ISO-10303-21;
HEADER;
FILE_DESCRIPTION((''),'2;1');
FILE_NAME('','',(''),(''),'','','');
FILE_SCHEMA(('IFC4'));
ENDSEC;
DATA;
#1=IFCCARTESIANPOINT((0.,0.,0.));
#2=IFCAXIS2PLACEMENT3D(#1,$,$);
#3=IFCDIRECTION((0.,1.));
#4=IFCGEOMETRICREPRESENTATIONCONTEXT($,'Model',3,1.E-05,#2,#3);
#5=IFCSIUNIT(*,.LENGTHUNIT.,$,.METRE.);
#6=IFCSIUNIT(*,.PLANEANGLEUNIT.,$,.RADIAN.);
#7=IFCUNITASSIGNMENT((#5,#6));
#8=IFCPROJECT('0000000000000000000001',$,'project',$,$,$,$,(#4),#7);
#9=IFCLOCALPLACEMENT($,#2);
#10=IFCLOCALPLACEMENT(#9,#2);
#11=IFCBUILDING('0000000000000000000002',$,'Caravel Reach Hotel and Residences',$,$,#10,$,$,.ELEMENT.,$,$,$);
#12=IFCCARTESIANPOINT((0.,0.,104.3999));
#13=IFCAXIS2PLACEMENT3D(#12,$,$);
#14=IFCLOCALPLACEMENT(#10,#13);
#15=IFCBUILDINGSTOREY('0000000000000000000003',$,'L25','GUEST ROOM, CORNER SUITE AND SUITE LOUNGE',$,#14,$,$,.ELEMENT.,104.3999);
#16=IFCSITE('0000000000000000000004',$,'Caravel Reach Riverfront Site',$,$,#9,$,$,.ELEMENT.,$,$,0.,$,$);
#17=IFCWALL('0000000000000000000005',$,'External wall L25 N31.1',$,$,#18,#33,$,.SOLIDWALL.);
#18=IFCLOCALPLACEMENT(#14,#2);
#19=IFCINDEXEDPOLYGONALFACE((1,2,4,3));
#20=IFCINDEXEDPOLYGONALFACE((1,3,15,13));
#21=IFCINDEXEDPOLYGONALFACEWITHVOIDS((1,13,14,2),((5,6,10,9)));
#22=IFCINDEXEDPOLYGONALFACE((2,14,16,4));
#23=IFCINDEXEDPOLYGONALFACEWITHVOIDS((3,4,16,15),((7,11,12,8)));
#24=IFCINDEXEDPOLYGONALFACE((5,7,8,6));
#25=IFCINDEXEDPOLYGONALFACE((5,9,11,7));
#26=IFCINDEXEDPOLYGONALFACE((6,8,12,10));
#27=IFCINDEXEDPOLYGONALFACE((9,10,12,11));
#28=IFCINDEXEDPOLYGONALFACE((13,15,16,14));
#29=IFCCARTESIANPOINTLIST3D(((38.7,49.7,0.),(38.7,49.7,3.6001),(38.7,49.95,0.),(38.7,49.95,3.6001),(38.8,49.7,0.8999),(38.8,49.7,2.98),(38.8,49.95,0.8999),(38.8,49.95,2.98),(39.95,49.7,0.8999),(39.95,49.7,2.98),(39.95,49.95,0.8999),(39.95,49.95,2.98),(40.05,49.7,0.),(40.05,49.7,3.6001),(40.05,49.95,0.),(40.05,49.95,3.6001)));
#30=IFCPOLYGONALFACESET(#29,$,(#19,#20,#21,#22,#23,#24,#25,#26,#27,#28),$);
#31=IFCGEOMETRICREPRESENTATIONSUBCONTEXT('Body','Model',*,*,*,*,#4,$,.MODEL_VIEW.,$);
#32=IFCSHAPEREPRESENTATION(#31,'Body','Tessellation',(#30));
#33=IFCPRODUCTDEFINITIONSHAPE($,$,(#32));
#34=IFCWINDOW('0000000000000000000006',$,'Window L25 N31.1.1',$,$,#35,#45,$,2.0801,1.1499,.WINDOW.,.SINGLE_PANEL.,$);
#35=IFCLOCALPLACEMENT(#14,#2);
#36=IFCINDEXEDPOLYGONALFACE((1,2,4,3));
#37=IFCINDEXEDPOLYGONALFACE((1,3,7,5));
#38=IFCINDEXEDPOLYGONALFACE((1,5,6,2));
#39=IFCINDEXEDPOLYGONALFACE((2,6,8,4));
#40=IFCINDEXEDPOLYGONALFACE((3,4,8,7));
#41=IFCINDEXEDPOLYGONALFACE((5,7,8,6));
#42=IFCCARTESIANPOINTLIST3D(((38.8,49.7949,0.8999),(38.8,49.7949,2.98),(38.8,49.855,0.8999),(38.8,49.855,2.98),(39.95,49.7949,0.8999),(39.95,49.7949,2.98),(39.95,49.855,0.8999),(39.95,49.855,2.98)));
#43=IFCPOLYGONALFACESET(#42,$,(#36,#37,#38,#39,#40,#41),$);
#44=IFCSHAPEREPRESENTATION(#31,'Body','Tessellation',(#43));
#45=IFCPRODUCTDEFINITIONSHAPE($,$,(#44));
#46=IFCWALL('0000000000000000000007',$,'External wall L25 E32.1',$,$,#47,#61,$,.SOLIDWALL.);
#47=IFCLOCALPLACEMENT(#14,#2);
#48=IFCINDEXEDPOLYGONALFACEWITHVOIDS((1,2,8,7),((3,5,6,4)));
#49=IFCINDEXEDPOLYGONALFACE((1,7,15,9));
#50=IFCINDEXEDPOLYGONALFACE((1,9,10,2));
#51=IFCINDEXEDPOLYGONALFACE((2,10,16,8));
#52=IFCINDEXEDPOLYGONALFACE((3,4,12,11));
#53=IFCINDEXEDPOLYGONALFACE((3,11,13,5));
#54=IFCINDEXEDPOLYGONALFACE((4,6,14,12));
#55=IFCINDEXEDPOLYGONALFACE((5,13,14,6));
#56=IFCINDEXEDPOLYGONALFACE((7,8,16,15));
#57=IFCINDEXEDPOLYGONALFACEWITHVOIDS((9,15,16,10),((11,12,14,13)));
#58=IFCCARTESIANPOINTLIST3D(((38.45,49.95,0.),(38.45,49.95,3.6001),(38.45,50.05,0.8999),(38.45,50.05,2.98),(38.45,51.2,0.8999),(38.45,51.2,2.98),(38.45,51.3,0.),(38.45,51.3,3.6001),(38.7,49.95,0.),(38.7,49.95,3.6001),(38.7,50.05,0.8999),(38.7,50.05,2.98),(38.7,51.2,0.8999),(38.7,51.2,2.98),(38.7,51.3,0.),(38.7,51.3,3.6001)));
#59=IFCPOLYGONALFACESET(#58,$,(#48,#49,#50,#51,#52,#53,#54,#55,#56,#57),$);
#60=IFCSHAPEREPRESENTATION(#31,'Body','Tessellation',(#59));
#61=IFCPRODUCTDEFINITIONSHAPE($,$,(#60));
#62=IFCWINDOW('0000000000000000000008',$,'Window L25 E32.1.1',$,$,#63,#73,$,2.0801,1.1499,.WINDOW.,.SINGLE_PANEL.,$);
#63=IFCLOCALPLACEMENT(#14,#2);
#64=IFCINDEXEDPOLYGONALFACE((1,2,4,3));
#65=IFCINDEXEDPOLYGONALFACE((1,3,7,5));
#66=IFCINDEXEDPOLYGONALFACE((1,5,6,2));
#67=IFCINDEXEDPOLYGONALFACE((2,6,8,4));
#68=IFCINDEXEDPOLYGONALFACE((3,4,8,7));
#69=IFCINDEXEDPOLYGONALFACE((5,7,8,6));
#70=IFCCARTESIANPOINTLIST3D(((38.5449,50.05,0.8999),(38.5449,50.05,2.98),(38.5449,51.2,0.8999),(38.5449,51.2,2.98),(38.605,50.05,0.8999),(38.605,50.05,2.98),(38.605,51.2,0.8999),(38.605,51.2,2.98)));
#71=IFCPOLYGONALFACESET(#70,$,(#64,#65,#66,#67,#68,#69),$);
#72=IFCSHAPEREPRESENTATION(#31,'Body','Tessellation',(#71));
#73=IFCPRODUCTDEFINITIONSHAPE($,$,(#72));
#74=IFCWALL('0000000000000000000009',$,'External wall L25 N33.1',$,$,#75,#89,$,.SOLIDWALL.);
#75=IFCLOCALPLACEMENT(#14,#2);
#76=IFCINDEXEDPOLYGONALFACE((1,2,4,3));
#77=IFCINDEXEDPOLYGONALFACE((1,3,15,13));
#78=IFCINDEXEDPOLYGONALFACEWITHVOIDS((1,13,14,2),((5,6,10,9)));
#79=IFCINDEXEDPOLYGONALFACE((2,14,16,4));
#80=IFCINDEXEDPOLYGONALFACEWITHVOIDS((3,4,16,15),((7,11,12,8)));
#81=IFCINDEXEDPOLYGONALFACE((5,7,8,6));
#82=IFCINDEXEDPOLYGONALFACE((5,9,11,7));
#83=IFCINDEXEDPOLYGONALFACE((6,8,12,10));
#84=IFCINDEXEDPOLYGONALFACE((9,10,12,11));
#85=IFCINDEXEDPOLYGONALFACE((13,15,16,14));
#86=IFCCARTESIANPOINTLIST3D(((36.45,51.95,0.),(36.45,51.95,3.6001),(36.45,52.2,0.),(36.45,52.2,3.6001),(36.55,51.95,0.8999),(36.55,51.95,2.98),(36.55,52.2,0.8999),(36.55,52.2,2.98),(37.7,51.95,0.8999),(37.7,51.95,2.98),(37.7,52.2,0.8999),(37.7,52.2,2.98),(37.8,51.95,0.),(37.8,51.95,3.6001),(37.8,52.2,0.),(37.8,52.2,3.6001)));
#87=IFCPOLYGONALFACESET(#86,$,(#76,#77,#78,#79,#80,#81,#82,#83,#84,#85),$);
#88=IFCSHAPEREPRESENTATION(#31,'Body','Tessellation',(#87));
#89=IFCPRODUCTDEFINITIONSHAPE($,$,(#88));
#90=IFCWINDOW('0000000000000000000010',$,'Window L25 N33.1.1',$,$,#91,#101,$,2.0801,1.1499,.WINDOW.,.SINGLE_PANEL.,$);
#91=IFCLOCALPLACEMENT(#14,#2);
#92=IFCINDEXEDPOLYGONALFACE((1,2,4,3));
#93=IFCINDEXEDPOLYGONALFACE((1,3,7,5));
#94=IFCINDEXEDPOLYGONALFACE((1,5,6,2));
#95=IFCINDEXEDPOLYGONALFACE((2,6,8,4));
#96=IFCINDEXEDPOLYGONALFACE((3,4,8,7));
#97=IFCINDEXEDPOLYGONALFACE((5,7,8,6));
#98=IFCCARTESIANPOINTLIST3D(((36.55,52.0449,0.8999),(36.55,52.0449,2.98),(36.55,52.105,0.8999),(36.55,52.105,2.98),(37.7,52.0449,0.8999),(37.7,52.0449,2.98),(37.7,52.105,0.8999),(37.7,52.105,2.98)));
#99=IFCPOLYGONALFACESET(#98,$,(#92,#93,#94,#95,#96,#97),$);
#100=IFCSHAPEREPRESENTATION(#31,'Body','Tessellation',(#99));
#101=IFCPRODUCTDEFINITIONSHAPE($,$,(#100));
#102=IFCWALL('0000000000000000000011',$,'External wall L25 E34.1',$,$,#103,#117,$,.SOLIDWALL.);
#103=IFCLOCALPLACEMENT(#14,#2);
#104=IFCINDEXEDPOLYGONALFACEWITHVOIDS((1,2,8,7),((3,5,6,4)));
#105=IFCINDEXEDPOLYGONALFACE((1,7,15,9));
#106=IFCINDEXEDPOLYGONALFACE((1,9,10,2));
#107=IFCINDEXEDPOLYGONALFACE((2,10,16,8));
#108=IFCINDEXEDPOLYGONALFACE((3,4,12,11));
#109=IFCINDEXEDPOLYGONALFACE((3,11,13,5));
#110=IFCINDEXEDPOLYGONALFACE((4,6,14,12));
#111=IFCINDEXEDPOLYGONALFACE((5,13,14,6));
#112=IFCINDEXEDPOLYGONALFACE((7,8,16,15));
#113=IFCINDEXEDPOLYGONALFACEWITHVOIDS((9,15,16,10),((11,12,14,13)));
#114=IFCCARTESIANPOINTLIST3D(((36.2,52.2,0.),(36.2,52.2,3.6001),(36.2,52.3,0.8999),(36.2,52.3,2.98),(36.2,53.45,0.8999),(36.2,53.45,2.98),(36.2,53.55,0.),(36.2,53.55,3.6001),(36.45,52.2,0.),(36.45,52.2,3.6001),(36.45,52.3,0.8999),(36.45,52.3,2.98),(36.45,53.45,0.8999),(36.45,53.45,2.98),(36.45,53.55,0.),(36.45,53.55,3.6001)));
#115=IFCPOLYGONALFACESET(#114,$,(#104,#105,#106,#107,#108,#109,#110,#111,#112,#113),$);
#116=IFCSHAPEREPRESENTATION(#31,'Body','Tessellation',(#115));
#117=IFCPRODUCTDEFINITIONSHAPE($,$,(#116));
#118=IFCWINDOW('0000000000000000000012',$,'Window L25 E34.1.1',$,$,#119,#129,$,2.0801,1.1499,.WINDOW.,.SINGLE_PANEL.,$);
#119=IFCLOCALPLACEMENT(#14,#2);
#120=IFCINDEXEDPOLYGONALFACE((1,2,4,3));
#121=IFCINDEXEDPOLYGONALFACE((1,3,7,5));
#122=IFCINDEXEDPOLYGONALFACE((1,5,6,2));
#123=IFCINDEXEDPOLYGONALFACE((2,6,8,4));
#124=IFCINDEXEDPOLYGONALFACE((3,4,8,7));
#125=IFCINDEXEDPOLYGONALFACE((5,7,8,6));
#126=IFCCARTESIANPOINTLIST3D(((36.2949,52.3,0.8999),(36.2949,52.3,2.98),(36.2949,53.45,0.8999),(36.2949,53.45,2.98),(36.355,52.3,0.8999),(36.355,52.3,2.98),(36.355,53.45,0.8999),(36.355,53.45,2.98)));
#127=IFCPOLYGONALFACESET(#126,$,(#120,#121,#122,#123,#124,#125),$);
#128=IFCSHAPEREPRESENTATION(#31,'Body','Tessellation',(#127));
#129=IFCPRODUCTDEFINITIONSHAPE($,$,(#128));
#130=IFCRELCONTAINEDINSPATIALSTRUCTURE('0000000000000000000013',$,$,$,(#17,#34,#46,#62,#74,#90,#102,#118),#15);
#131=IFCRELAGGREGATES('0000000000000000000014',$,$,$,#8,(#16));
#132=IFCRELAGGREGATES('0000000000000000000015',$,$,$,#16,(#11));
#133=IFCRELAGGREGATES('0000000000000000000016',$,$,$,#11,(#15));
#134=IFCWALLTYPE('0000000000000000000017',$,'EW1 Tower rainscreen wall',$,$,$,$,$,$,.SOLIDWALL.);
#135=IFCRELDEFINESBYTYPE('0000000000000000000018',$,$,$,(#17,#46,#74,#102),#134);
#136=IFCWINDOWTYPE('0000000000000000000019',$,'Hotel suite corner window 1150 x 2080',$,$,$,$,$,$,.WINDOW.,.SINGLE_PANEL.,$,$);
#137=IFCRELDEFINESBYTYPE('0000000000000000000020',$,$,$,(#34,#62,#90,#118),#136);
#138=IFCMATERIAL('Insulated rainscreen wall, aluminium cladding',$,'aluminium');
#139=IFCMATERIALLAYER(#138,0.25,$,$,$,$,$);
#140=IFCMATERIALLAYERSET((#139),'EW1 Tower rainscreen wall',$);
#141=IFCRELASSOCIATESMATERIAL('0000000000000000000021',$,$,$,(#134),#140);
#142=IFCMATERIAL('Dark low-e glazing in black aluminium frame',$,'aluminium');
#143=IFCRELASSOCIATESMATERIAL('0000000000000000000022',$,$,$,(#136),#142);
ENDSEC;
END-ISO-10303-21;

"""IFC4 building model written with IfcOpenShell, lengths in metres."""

from ifc_helpers import new_model, si_unit, direction, frame, frame_2d, origin, place, context, subcontext, project, spatial, rectangle, extrude, material, layer, layer_set, type_object, element, fill, save


model = new_model("IFC4")

# Units and contexts
model_context = context("Model", 3, precision=1e-05, world=origin(), true_north=direction((0.0, 1.0)))
body_context = subcontext(model_context, "Body", "Model", "MODEL_VIEW")
ifc_project = project(units=[si_unit("LENGTHUNIT", "METRE"), si_unit("PLANEANGLEUNIT", "RADIAN")], contexts=[model_context])

# Site, building, storey
site_placement = place(None, origin())
site = spatial("IfcSite", under=ifc_project, at=site_placement, Name="Caravel Reach Riverfront Site", CompositionType="ELEMENT", RefElevation=0.0)
building_placement = place(site_placement, origin())
building = spatial("IfcBuilding", under=site, at=building_placement, Name="Caravel Reach Hotel and Residences", CompositionType="ELEMENT")
storey_placement = place(building_placement, frame((0.0, 0.0, 104.3999)))
storey = spatial("IfcBuildingStorey", under=building, at=storey_placement, Name="L25", Description="GUEST ROOM, CORNER SUITE AND SUITE LOUNGE", CompositionType="ELEMENT", Elevation=104.3999)

# Shared definitions
ifc_material_1 = material(Name="Insulated rainscreen wall, aluminium cladding", Category="aluminium")
ifc_layer_1 = layer(ifc_material_1, 0.25)
ifc_layer_set_1 = layer_set([ifc_layer_1], Name="EW1 Tower rainscreen wall")
wall_type_1 = type_object("IfcWallType", Name="EW1 Tower rainscreen wall", PredefinedType="SOLIDWALL", material=ifc_layer_set_1)

# Walls, openings, windows
wall_1_placement = place(storey_placement, frame((40.05, 49.825, 0.0), z_axis=(0.0, 0.0, 1.0), x_axis=(-1.0, 0.0, 0.0)))
wall_1 = element("IfcWall", 1, at=wall_1_placement, inside=storey, type_object=wall_type_1, Name="External wall L25 N31.1", PredefinedType="SOLIDWALL", context=body_context, shape_type="SweptSolid", body=[
    extrude(rectangle(XDim=1.3501, YDim=0.25, at=frame_2d((0.675, 0.0))), origin(), (0.0, 0.0, 1.0), 3.6001),
])
opening_1_placement = place(wall_1_placement, frame((0.1001, 0.0, 0.8999)))
opening_1 = element("IfcOpeningElement", 2, at=opening_1_placement, cuts=wall_1, PredefinedType="OPENING", context=body_context, shape_type="SweptSolid", body=[
    extrude(rectangle(XDim=1.1499, YDim=2.0801, at=frame_2d((0.575, 1.04))), frame((0.0, 0.135, 0.0), z_axis=(0.0, -1.0, 0.0), x_axis=(1.0, 0.0, 0.0)), (0.0, 0.0, 1.0), 0.27),
])
ifc_material_2 = material(Name="Dark low-e glazing in black aluminium frame", Category="aluminium")
window_type_1 = type_object("IfcWindowType", Name="Hotel suite corner window 1150 x 2080", PartitioningType="SINGLE_PANEL", PredefinedType="WINDOW", material=ifc_material_2)
window_1_placement = place(opening_1_placement, origin())
window_1 = element("IfcWindow", 3, at=window_1_placement, inside=storey, type_object=window_type_1, Name="Window L25 N31.1.1", OverallHeight=2.0801, OverallWidth=1.1499, PartitioningType="SINGLE_PANEL", PredefinedType="WINDOW", context=body_context, shape_type="SweptSolid", body=[
    extrude(rectangle(XDim=1.1499, YDim=2.0801, at=frame_2d((0.575, 1.04))), frame((0.0, 0.03, 0.0), z_axis=(0.0, -1.0, 0.0), x_axis=(1.0, 0.0, 0.0)), (0.0, 0.0, 1.0), 0.0601),
])
fill(opening_1, window_1)
wall_2_placement = place(storey_placement, frame((38.575, 49.95, 0.0), z_axis=(0.0, 0.0, 1.0), x_axis=(0.0, 1.0, 0.0)))
wall_2 = element("IfcWall", 4, at=wall_2_placement, inside=storey, type_object=wall_type_1, Name="External wall L25 E32.1", PredefinedType="SOLIDWALL", context=body_context, shape_type="SweptSolid", body=[
    extrude(rectangle(XDim=1.3501, YDim=0.25, at=frame_2d((0.675, 0.0))), origin(), (0.0, 0.0, 1.0), 3.6001),
])
opening_2_placement = place(wall_2_placement, frame((0.1001, 0.0, 0.8999)))
opening_2 = element("IfcOpeningElement", 5, at=opening_2_placement, cuts=wall_2, PredefinedType="OPENING", context=body_context, shape_type="SweptSolid", body=[
    extrude(rectangle(XDim=1.1499, YDim=2.0801, at=frame_2d((0.575, 1.04))), frame((0.0, 0.135, 0.0), z_axis=(0.0, -1.0, 0.0), x_axis=(1.0, 0.0, 0.0)), (0.0, 0.0, 1.0), 0.27),
])
window_2_placement = place(opening_2_placement, origin())
window_2 = element("IfcWindow", 6, at=window_2_placement, inside=storey, type_object=window_type_1, Name="Window L25 E32.1.1", OverallHeight=2.0801, OverallWidth=1.1499, PartitioningType="SINGLE_PANEL", PredefinedType="WINDOW", context=body_context, shape_type="SweptSolid", body=[
    extrude(rectangle(XDim=1.1499, YDim=2.0801, at=frame_2d((0.575, 1.04))), frame((0.0, 0.03, 0.0), z_axis=(0.0, -1.0, 0.0), x_axis=(1.0, 0.0, 0.0)), (0.0, 0.0, 1.0), 0.0601),
])
fill(opening_2, window_2)
wall_3_placement = place(storey_placement, frame((37.8, 52.075, 0.0), z_axis=(0.0, 0.0, 1.0), x_axis=(-1.0, 0.0, 0.0)))
wall_3 = element("IfcWall", 7, at=wall_3_placement, inside=storey, type_object=wall_type_1, Name="External wall L25 N33.1", PredefinedType="SOLIDWALL", context=body_context, shape_type="SweptSolid", body=[
    extrude(rectangle(XDim=1.3501, YDim=0.25, at=frame_2d((0.675, 0.0))), origin(), (0.0, 0.0, 1.0), 3.6001),
])
opening_3_placement = place(wall_3_placement, frame((0.1001, 0.0, 0.8999)))
opening_3 = element("IfcOpeningElement", 8, at=opening_3_placement, cuts=wall_3, PredefinedType="OPENING", context=body_context, shape_type="SweptSolid", body=[
    extrude(rectangle(XDim=1.1499, YDim=2.0801, at=frame_2d((0.575, 1.04))), frame((0.0, 0.135, 0.0), z_axis=(0.0, -1.0, 0.0), x_axis=(1.0, 0.0, 0.0)), (0.0, 0.0, 1.0), 0.27),
])
window_3_placement = place(opening_3_placement, origin())
window_3 = element("IfcWindow", 9, at=window_3_placement, inside=storey, type_object=window_type_1, Name="Window L25 N33.1.1", OverallHeight=2.0801, OverallWidth=1.1499, PartitioningType="SINGLE_PANEL", PredefinedType="WINDOW", context=body_context, shape_type="SweptSolid", body=[
    extrude(rectangle(XDim=1.1499, YDim=2.0801, at=frame_2d((0.575, 1.04))), frame((0.0, 0.03, 0.0), z_axis=(0.0, -1.0, 0.0), x_axis=(1.0, 0.0, 0.0)), (0.0, 0.0, 1.0), 0.0601),
])
fill(opening_3, window_3)
wall_4_placement = place(storey_placement, frame((36.325, 52.2, 0.0), z_axis=(0.0, 0.0, 1.0), x_axis=(0.0, 1.0, 0.0)))
wall_4 = element("IfcWall", 10, at=wall_4_placement, inside=storey, type_object=wall_type_1, Name="External wall L25 E34.1", PredefinedType="SOLIDWALL", context=body_context, shape_type="SweptSolid", body=[
    extrude(rectangle(XDim=1.3501, YDim=0.25, at=frame_2d((0.675, 0.0))), origin(), (0.0, 0.0, 1.0), 3.6001),
])
opening_4_placement = place(wall_4_placement, frame((0.1001, 0.0, 0.8999)))
opening_4 = element("IfcOpeningElement", 11, at=opening_4_placement, cuts=wall_4, PredefinedType="OPENING", context=body_context, shape_type="SweptSolid", body=[
    extrude(rectangle(XDim=1.1499, YDim=2.0801, at=frame_2d((0.575, 1.04))), frame((0.0, 0.135, 0.0), z_axis=(0.0, -1.0, 0.0), x_axis=(1.0, 0.0, 0.0)), (0.0, 0.0, 1.0), 0.27),
])
window_4_placement = place(opening_4_placement, origin())
window_4 = element("IfcWindow", 12, at=window_4_placement, inside=storey, type_object=window_type_1, Name="Window L25 E34.1.1", OverallHeight=2.0801, OverallWidth=1.1499, PartitioningType="SINGLE_PANEL", PredefinedType="WINDOW", context=body_context, shape_type="SweptSolid", body=[
    extrude(rectangle(XDim=1.1499, YDim=2.0801, at=frame_2d((0.575, 1.04))), frame((0.0, 0.03, 0.0), z_axis=(0.0, -1.0, 0.0), x_axis=(1.0, 0.0, 0.0)), (0.0, 0.0, 1.0), 0.0601),
])
fill(opening_4, window_4)

save(model, "model.ifc")
